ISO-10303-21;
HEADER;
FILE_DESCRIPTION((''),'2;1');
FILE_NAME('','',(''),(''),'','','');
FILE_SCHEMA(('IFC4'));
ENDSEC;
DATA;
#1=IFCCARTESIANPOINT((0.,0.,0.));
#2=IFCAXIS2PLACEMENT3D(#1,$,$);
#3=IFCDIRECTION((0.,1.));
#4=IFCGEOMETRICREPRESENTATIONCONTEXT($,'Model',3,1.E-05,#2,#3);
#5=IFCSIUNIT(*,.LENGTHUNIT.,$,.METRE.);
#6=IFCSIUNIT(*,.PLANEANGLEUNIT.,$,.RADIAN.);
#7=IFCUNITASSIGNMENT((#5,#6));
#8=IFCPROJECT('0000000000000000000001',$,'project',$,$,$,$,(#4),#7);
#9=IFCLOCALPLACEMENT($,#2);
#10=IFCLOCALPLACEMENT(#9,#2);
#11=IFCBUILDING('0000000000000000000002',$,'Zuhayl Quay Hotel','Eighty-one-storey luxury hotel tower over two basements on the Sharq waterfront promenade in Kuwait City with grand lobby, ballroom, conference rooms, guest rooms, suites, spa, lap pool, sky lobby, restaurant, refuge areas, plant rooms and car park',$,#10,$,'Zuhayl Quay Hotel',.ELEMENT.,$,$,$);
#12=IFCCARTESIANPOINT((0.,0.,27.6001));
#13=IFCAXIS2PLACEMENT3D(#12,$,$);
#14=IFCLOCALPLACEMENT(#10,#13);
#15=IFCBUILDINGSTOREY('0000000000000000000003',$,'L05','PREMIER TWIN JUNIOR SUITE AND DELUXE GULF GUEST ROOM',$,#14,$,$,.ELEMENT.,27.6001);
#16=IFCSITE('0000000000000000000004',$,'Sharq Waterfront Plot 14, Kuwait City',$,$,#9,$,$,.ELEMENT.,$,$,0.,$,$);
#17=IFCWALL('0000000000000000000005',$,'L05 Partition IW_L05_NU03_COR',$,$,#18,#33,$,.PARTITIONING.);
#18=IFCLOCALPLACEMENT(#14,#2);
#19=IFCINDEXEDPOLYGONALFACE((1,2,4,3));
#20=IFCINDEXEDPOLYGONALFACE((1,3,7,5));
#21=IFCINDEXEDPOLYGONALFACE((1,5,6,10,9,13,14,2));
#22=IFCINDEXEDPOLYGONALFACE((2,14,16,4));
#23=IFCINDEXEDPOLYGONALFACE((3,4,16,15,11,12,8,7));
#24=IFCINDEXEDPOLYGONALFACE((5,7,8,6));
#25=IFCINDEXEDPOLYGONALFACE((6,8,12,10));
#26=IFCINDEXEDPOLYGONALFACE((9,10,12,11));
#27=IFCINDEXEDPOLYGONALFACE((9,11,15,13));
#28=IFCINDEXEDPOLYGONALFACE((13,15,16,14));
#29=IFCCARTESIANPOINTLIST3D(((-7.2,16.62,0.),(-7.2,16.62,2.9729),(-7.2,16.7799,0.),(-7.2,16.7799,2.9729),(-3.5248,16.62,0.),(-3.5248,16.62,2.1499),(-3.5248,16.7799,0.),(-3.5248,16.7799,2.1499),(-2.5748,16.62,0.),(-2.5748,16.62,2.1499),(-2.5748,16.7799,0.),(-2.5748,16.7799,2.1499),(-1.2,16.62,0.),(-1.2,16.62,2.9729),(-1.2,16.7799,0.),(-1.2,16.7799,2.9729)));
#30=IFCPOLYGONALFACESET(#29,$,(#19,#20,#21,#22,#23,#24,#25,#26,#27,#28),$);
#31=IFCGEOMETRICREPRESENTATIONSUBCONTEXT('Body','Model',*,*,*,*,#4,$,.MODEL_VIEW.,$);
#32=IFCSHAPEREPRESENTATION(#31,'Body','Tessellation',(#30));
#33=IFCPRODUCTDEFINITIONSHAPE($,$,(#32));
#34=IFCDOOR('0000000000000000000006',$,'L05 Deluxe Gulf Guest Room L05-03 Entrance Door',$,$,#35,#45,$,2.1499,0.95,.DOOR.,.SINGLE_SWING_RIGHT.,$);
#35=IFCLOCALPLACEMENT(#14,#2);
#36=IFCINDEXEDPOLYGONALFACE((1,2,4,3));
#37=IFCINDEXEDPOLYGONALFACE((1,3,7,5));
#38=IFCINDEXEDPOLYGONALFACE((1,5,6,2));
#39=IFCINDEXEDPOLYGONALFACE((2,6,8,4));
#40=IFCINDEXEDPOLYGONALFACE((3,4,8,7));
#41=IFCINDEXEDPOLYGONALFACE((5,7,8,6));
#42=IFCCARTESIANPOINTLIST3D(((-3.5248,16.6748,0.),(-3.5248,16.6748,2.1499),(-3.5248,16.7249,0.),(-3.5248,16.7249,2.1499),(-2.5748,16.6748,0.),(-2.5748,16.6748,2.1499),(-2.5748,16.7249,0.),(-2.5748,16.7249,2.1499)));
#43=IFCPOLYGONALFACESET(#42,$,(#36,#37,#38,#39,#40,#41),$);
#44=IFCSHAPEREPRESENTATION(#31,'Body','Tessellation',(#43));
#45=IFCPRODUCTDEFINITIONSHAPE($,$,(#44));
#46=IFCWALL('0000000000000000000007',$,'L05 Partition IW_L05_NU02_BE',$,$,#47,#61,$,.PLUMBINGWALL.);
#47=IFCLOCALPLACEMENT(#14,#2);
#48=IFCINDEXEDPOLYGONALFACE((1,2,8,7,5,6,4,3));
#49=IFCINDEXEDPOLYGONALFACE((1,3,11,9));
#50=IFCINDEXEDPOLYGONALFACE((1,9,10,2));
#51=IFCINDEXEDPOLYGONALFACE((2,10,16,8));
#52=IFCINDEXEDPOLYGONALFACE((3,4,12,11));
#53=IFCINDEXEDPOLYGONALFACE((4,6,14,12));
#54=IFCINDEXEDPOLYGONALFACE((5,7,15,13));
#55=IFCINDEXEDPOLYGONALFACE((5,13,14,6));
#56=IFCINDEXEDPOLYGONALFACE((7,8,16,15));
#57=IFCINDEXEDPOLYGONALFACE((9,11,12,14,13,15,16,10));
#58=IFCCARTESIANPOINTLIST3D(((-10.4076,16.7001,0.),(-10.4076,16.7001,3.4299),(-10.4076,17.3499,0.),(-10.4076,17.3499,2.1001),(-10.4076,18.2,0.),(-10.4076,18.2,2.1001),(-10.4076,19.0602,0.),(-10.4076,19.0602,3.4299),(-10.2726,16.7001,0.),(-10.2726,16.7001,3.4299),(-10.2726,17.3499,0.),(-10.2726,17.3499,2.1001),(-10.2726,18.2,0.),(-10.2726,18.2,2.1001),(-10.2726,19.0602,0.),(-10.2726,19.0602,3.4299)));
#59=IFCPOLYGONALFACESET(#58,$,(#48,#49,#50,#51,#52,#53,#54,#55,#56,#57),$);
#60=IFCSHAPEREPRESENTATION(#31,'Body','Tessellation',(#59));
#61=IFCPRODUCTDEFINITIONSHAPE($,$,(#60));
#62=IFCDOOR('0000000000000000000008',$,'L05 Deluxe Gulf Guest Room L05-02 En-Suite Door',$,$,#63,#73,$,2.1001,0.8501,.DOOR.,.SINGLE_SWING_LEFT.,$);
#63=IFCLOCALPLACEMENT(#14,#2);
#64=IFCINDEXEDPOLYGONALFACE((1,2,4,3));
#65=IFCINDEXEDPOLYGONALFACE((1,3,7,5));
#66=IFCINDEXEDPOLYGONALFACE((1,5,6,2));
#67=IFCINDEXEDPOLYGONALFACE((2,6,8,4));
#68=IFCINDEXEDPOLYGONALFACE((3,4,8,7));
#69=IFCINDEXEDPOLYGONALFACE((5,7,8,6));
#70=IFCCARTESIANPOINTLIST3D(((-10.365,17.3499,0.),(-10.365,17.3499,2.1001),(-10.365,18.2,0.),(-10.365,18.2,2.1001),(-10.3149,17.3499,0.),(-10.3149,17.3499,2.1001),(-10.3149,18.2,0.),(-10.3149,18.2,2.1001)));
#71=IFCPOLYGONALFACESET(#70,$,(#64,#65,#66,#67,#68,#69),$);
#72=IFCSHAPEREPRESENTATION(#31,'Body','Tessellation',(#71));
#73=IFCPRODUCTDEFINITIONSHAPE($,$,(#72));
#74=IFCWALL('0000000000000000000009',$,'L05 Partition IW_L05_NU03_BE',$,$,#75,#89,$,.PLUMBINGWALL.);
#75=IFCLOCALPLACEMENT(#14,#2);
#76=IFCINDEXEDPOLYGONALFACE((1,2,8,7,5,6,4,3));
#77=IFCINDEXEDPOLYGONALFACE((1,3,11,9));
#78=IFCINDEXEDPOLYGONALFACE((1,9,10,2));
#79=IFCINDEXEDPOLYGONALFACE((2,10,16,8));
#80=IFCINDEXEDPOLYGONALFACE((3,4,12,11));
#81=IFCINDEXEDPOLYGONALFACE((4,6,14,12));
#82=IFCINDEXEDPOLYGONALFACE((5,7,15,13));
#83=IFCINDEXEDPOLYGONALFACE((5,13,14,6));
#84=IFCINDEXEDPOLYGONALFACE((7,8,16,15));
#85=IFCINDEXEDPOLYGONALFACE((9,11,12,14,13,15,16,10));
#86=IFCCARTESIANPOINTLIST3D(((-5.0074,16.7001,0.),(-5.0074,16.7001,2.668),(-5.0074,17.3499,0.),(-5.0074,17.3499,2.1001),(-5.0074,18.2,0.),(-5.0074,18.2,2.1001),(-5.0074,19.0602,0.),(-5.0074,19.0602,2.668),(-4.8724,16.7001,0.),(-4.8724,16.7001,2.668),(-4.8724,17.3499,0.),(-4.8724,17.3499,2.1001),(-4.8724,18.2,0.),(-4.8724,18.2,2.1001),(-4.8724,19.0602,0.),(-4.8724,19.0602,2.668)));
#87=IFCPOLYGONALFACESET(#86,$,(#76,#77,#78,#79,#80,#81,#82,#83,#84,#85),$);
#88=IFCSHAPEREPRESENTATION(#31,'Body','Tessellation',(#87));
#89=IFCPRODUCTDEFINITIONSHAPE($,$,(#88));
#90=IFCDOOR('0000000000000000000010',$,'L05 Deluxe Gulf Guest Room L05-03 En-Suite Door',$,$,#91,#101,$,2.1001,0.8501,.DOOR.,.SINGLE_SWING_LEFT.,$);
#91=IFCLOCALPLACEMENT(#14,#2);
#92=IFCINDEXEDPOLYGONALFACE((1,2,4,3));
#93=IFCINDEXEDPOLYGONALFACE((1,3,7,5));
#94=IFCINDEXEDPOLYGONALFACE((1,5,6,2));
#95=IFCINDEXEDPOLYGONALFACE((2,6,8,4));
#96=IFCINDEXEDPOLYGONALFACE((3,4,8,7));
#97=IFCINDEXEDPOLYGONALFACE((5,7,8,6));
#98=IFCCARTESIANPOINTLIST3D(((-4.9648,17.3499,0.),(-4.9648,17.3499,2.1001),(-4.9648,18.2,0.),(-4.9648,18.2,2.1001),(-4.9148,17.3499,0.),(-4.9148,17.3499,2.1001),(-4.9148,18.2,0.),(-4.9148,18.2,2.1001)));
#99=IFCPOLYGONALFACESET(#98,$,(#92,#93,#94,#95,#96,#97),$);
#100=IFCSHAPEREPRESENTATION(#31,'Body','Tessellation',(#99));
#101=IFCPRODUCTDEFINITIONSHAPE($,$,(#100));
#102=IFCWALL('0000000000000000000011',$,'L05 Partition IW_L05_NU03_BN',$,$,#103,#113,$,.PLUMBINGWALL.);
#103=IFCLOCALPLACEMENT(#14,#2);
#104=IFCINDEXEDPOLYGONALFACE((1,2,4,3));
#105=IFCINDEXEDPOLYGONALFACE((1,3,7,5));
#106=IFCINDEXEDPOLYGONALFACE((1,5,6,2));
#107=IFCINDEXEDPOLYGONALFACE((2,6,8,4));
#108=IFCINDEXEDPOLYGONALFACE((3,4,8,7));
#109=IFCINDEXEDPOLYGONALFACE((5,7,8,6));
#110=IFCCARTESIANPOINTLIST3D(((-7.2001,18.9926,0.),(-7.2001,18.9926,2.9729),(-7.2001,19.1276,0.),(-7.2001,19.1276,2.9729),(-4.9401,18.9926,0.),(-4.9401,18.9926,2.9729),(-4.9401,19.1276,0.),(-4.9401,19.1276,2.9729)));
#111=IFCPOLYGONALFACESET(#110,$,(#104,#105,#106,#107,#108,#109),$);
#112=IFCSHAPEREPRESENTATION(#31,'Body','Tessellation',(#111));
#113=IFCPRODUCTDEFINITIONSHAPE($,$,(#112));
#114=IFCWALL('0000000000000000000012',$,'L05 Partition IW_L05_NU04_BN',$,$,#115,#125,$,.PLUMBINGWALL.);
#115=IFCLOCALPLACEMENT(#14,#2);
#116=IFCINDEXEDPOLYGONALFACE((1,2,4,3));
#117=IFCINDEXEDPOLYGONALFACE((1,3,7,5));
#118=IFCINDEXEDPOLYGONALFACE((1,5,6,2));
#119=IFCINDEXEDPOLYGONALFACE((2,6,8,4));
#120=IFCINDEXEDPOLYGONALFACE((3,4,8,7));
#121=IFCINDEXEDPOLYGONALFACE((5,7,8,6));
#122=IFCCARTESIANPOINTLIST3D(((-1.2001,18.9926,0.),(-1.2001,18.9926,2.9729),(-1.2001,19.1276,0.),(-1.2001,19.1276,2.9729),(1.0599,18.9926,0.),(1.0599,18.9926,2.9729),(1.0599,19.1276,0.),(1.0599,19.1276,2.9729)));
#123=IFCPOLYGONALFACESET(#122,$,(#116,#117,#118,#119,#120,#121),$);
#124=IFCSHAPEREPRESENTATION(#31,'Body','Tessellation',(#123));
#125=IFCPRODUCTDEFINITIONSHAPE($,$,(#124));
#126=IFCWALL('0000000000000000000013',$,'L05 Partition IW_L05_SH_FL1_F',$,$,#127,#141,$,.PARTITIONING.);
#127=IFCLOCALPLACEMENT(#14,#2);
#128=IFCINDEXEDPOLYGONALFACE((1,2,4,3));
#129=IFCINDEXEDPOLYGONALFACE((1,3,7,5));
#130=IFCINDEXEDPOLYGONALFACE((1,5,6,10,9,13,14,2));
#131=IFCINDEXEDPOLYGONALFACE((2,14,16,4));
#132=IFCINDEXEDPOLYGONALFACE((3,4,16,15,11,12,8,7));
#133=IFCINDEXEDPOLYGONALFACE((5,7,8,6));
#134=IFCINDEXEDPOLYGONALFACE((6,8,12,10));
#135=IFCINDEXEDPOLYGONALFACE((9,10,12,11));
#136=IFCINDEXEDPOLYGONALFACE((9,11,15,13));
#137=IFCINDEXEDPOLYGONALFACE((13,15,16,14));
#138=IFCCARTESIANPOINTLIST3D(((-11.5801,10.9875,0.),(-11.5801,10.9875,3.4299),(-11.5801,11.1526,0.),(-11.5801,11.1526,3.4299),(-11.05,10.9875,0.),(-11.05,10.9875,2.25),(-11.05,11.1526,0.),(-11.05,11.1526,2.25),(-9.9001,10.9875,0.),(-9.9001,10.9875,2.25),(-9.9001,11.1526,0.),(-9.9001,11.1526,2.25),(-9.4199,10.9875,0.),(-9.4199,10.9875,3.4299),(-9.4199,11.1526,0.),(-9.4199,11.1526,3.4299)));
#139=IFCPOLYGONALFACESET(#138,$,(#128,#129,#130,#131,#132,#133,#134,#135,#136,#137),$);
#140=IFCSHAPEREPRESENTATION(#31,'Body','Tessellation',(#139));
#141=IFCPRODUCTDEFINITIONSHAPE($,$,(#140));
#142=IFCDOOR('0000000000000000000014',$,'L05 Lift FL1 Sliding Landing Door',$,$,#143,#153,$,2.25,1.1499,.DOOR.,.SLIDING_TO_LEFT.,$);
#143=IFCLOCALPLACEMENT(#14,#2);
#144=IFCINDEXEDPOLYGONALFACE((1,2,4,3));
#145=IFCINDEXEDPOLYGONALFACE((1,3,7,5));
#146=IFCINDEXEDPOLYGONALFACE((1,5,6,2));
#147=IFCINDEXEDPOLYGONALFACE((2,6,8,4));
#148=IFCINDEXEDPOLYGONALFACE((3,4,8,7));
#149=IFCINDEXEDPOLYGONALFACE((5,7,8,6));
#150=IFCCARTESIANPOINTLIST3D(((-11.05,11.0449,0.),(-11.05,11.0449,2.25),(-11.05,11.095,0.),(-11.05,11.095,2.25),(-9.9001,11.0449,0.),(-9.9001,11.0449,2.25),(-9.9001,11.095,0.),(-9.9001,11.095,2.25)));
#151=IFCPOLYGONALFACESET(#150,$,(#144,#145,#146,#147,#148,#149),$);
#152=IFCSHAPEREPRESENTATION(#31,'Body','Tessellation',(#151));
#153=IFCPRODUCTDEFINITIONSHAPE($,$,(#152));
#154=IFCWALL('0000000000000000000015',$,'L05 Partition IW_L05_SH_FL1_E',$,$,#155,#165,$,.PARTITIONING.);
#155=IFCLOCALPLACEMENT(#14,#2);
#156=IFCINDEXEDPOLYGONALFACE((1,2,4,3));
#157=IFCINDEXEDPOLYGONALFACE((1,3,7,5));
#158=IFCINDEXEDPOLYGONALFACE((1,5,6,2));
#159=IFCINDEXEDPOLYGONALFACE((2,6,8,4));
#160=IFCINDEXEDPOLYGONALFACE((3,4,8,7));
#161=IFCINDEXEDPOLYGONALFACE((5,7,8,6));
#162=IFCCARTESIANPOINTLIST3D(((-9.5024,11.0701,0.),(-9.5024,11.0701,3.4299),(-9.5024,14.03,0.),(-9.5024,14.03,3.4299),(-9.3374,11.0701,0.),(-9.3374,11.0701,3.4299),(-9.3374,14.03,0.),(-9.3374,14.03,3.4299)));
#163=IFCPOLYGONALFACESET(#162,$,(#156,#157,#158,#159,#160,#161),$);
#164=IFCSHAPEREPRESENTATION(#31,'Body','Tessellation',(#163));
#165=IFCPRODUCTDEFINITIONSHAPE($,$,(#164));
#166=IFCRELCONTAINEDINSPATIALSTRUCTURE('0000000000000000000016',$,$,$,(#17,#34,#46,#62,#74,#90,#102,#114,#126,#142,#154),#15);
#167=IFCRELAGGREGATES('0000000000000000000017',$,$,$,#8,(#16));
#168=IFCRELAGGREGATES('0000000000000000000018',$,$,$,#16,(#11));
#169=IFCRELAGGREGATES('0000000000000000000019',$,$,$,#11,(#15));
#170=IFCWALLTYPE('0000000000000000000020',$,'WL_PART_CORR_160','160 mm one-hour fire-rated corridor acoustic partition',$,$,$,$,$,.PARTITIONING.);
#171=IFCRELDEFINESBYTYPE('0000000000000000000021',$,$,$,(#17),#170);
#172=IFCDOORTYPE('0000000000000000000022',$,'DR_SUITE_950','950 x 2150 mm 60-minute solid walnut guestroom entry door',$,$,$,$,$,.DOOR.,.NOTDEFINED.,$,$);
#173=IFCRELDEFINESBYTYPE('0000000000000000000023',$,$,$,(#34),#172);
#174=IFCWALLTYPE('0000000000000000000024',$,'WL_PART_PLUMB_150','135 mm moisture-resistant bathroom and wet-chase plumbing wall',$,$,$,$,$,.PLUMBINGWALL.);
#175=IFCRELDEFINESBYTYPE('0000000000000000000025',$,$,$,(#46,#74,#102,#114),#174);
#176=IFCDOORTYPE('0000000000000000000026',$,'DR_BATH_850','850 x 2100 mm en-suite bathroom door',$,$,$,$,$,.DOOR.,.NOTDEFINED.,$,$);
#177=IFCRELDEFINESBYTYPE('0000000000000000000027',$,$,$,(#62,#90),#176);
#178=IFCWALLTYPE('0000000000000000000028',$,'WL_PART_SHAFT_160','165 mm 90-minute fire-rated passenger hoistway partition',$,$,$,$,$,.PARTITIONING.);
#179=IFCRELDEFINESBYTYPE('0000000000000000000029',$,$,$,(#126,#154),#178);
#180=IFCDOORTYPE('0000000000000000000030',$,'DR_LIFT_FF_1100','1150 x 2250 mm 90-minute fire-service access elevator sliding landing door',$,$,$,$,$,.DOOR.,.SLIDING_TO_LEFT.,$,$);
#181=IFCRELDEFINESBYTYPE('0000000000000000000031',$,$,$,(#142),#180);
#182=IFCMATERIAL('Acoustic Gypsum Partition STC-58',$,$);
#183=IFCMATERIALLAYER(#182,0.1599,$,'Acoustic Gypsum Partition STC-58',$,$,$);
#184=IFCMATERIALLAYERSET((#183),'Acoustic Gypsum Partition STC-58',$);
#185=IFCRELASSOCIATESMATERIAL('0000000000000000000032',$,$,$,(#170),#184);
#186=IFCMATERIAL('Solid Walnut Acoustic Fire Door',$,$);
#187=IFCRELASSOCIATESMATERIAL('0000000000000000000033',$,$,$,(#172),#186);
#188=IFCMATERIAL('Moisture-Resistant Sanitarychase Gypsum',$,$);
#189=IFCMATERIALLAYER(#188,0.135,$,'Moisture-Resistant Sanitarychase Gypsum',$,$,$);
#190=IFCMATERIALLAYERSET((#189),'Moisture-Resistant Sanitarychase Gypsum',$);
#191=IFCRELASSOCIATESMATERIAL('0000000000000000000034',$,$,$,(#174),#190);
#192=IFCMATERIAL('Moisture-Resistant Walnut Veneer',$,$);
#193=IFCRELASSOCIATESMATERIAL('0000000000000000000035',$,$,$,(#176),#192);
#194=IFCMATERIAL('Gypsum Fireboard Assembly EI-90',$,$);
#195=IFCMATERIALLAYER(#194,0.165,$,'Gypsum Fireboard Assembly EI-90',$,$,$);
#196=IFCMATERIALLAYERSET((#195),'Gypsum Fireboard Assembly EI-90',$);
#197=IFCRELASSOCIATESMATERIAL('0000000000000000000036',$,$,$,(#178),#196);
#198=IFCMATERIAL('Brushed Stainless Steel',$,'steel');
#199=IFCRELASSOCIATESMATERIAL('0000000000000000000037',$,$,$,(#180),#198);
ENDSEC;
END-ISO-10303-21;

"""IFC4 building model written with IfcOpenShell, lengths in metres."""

from ifc_helpers import new_model, si_unit, direction, frame, frame_2d, origin, place, context, subcontext, project, spatial, rectangle, extrude, material, layer, layer_set, type_object, element, fill, save


model = new_model("IFC4")

# Units and contexts
model_context = context("Model", 3, precision=1e-05, world=origin(), true_north=direction((0.0, 1.0)))
body_context = subcontext(model_context, "Body", "Model", "MODEL_VIEW")
ifc_project = project(units=[si_unit("LENGTHUNIT", "METRE"), si_unit("PLANEANGLEUNIT", "RADIAN")], contexts=[model_context])

# Site, building, storey
site_placement = place(None, origin())
site = spatial("IfcSite", under=ifc_project, at=site_placement, Name="Sharq Waterfront Plot 14, Kuwait City", CompositionType="ELEMENT", RefElevation=0.0)
building_placement = place(site_placement, origin())
building = spatial("IfcBuilding", under=site, at=building_placement, Name="Zuhayl Quay Hotel", Description="Eighty-one-storey luxury hotel tower over two basements on the Sharq waterfront promenade in Kuwait City with grand lobby, ballroom, conference rooms, guest rooms, suites, spa, lap pool, sky lobby, restaurant, refuge areas, plant rooms and car park", LongName="Zuhayl Quay Hotel", CompositionType="ELEMENT")
storey_placement = place(building_placement, frame((0.0, 0.0, 27.6001)))
storey = spatial("IfcBuildingStorey", under=building, at=storey_placement, Name="L05", Description="PREMIER TWIN JUNIOR SUITE AND DELUXE GULF GUEST ROOM", CompositionType="ELEMENT", Elevation=27.6001)

# Shared definitions
ifc_material_1 = material(Name="Acoustic Gypsum Partition STC-58")

# Walls, openings, doors
ifc_layer_1 = layer(ifc_material_1, 0.1599, Name="Acoustic Gypsum Partition STC-58")
ifc_layer_set_1 = layer_set([ifc_layer_1], Name="Acoustic Gypsum Partition STC-58")
wall_type_1 = type_object("IfcWallType", Name="WL_PART_CORR_160", Description="160 mm one-hour fire-rated corridor acoustic partition", PredefinedType="PARTITIONING", material=ifc_layer_set_1)
wall_1_placement = place(storey_placement, frame((-7.2, 16.7, 0.0), z_axis=(0.0, 0.0, 1.0), x_axis=(1.0, 0.0, 0.0)))
wall_1 = element("IfcWall", 1, at=wall_1_placement, inside=storey, type_object=wall_type_1, Name="L05 Partition IW_L05_NU03_COR", PredefinedType="PARTITIONING", context=body_context, shape_type="SweptSolid", body=[
    extrude(rectangle(XDim=6.0, YDim=0.1599, at=frame_2d((3.0, 0.0))), origin(), (0.0, 0.0, 1.0), 2.9729),
])
opening_1_placement = place(wall_1_placement, frame((3.675, 0.0, 0.0)))
opening_1 = element("IfcOpeningElement", 2, at=opening_1_placement, cuts=wall_1, PredefinedType="OPENING", context=body_context, shape_type="SweptSolid", body=[
    extrude(rectangle(XDim=0.95, YDim=2.1499, at=frame_2d((0.4751, 1.075))), frame((0.0, 0.0898, 0.0), z_axis=(0.0, -1.0, 0.0), x_axis=(1.0, 0.0, 0.0)), (0.0, 0.0, 1.0), 0.1799),
])
ifc_material_2 = material(Name="Solid Walnut Acoustic Fire Door")
door_type_1 = type_object("IfcDoorType", Name="DR_SUITE_950", Description="950 x 2150 mm 60-minute solid walnut guestroom entry door", OperationType="NOTDEFINED", PredefinedType="DOOR", material=ifc_material_2)
door_1_placement = place(opening_1_placement, origin())
door_1 = element("IfcDoor", 3, at=door_1_placement, inside=storey, type_object=door_type_1, Name="L05 Deluxe Gulf Guest Room L05-03 Entrance Door", OperationType="SINGLE_SWING_RIGHT", OverallHeight=2.1499, OverallWidth=0.95, PredefinedType="DOOR", context=body_context, shape_type="SweptSolid", body=[
    extrude(rectangle(XDim=0.95, YDim=2.1499, at=frame_2d((0.4751, 1.075))), frame((0.0, 0.0249, 0.0), z_axis=(0.0, -1.0, 0.0), x_axis=(1.0, 0.0, 0.0)), (0.0, 0.0, 1.0), 0.05),
])
fill(opening_1, door_1)
ifc_material_3 = material(Name="Moisture-Resistant Sanitarychase Gypsum")
ifc_layer_2 = layer(ifc_material_3, 0.135, Name="Moisture-Resistant Sanitarychase Gypsum")
ifc_layer_set_2 = layer_set([ifc_layer_2], Name="Moisture-Resistant Sanitarychase Gypsum")
wall_type_2 = type_object("IfcWallType", Name="WL_PART_PLUMB_150", Description="135 mm moisture-resistant bathroom and wet-chase plumbing wall", PredefinedType="PLUMBINGWALL", material=ifc_layer_set_2)
wall_2_placement = place(storey_placement, frame((-10.3401, 16.7, 0.0), z_axis=(0.0, 0.0, 1.0), x_axis=(0.0, 1.0, 0.0)))
wall_2 = element("IfcWall", 4, at=wall_2_placement, inside=storey, type_object=wall_type_2, Name="L05 Partition IW_L05_NU02_BE", PredefinedType="PLUMBINGWALL", context=body_context, shape_type="SweptSolid", body=[
    extrude(rectangle(XDim=2.3601, YDim=0.135, at=frame_2d((1.1802, 0.0))), origin(), (0.0, 0.0, 1.0), 3.4299),
])
opening_2_placement = place(wall_2_placement, frame((0.6499, 0.0, 0.0)))
opening_2 = element("IfcOpeningElement", 5, at=opening_2_placement, cuts=wall_2, PredefinedType="OPENING", context=body_context, shape_type="SweptSolid", body=[
    extrude(rectangle(XDim=0.8501, YDim=2.1001, at=frame_2d((0.425, 1.05))), frame((0.0, 0.0774, 0.0), z_axis=(0.0, -1.0, 0.0), x_axis=(1.0, 0.0, 0.0)), (0.0, 0.0, 1.0), 0.155),
])
ifc_material_4 = material(Name="Moisture-Resistant Walnut Veneer")
door_type_2 = type_object("IfcDoorType", Name="DR_BATH_850", Description="850 x 2100 mm en-suite bathroom door", OperationType="NOTDEFINED", PredefinedType="DOOR", material=ifc_material_4)
door_2_placement = place(opening_2_placement, origin())
door_2 = element("IfcDoor", 6, at=door_2_placement, inside=storey, type_object=door_type_2, Name="L05 Deluxe Gulf Guest Room L05-02 En-Suite Door", OperationType="SINGLE_SWING_LEFT", OverallHeight=2.1001, OverallWidth=0.8501, PredefinedType="DOOR", context=body_context, shape_type="SweptSolid", body=[
    extrude(rectangle(XDim=0.8501, YDim=2.1001, at=frame_2d((0.425, 1.05))), frame((0.0, 0.0249, 0.0), z_axis=(0.0, -1.0, 0.0), x_axis=(1.0, 0.0, 0.0)), (0.0, 0.0, 1.0), 0.05),
])
fill(opening_2, door_2)
wall_3_placement = place(storey_placement, frame((-4.9399, 16.7, 0.0), z_axis=(0.0, 0.0, 1.0), x_axis=(0.0, 1.0, 0.0)))
wall_3 = element("IfcWall", 7, at=wall_3_placement, inside=storey, type_object=wall_type_2, Name="L05 Partition IW_L05_NU03_BE", PredefinedType="PLUMBINGWALL", context=body_context, shape_type="SweptSolid", body=[
    extrude(rectangle(XDim=2.3601, YDim=0.135, at=frame_2d((1.1802, 0.0))), origin(), (0.0, 0.0, 1.0), 2.668),
])
opening_3_placement = place(wall_3_placement, frame((0.6499, 0.0, 0.0)))
opening_3 = element("IfcOpeningElement", 8, at=opening_3_placement, cuts=wall_3, PredefinedType="OPENING", context=body_context, shape_type="SweptSolid", body=[
    extrude(rectangle(XDim=0.8501, YDim=2.1001, at=frame_2d((0.425, 1.05))), frame((0.0, 0.0774, 0.0), z_axis=(0.0, -1.0, 0.0), x_axis=(1.0, 0.0, 0.0)), (0.0, 0.0, 1.0), 0.155),
])
door_3_placement = place(opening_3_placement, origin())
door_3 = element("IfcDoor", 9, at=door_3_placement, inside=storey, type_object=door_type_2, Name="L05 Deluxe Gulf Guest Room L05-03 En-Suite Door", OperationType="SINGLE_SWING_LEFT", OverallHeight=2.1001, OverallWidth=0.8501, PredefinedType="DOOR", context=body_context, shape_type="SweptSolid", body=[
    extrude(rectangle(XDim=0.8501, YDim=2.1001, at=frame_2d((0.425, 1.05))), frame((0.0, 0.0249, 0.0), z_axis=(0.0, -1.0, 0.0), x_axis=(1.0, 0.0, 0.0)), (0.0, 0.0, 1.0), 0.05),
])
fill(opening_3, door_3)

# Walls
for number, where, z_axis, x_axis, name in (
    (10, (-7.2, 19.0601, 0.0), (0.0, 0.0, 1.0), (1.0, 0.0, 0.0), "L05 Partition IW_L05_NU03_BN"),
    (11, (-1.2, 19.0601, 0.0), (0.0, 0.0, 1.0), (1.0, 0.0, 0.0), "L05 Partition IW_L05_NU04_BN"),
):
    element("IfcWall", number, at=place(storey_placement, frame(where, z_axis=z_axis, x_axis=x_axis)), inside=storey, type_object=wall_type_2, Name=name, PredefinedType="PLUMBINGWALL", context=body_context, shape_type="SweptSolid", body=[
        extrude(rectangle(XDim=2.26, YDim=0.135, at=frame_2d((1.1299, 0.0))), origin(), (0.0, 0.0, 1.0), 2.9729),
    ])

# Wall, opening, door
ifc_material_5 = material(Name="Gypsum Fireboard Assembly EI-90")
ifc_layer_3 = layer(ifc_material_5, 0.165, Name="Gypsum Fireboard Assembly EI-90")
ifc_layer_set_3 = layer_set([ifc_layer_3], Name="Gypsum Fireboard Assembly EI-90")
wall_type_3 = type_object("IfcWallType", Name="WL_PART_SHAFT_160", Description="165 mm 90-minute fire-rated passenger hoistway partition", PredefinedType="PARTITIONING", material=ifc_layer_set_3)
wall_4_placement = place(storey_placement, frame((-11.5801, 11.0701, 0.0), z_axis=(0.0, 0.0, 1.0), x_axis=(1.0, 0.0, 0.0)))
wall_4 = element("IfcWall", 12, at=wall_4_placement, inside=storey, type_object=wall_type_3, Name="L05 Partition IW_L05_SH_FL1_F", PredefinedType="PARTITIONING", context=body_context, shape_type="SweptSolid", body=[
    extrude(rectangle(XDim=2.1602, YDim=0.165, at=frame_2d((1.0801, 0.0))), origin(), (0.0, 0.0, 1.0), 3.4299),
])
opening_4_placement = place(wall_4_placement, frame((0.53, 0.0, 0.0)))
opening_4 = element("IfcOpeningElement", 13, at=opening_4_placement, cuts=wall_4, PredefinedType="OPENING", context=body_context, shape_type="SweptSolid", body=[
    extrude(rectangle(XDim=1.1499, YDim=2.25, at=frame_2d((0.575, 1.125))), frame((0.0, 0.0925, 0.0), z_axis=(0.0, -1.0, 0.0), x_axis=(1.0, 0.0, 0.0)), (0.0, 0.0, 1.0), 0.1851),
])
ifc_material_6 = material(Name="Brushed Stainless Steel", Category="steel")
door_type_3 = type_object("IfcDoorType", Name="DR_LIFT_FF_1100", Description="1150 x 2250 mm 90-minute fire-service access elevator sliding landing door", OperationType="SLIDING_TO_LEFT", PredefinedType="DOOR", material=ifc_material_6)
door_4_placement = place(opening_4_placement, origin())
door_4 = element("IfcDoor", 14, at=door_4_placement, inside=storey, type_object=door_type_3, Name="L05 Lift FL1 Sliding Landing Door", OperationType="SLIDING_TO_LEFT", OverallHeight=2.25, OverallWidth=1.1499, PredefinedType="DOOR", context=body_context, shape_type="SweptSolid", body=[
    extrude(rectangle(XDim=1.1499, YDim=2.25, at=frame_2d((0.575, 1.125))), frame((0.0, 0.0249, 0.0), z_axis=(0.0, -1.0, 0.0), x_axis=(1.0, 0.0, 0.0)), (0.0, 0.0, 1.0), 0.05),
])
fill(opening_4, door_4)

# Wall
wall_5_placement = place(storey_placement, frame((-9.4199, 11.0701, 0.0), z_axis=(0.0, 0.0, 1.0), x_axis=(0.0, 1.0, 0.0)))
element("IfcWall", 15, at=wall_5_placement, inside=storey, type_object=wall_type_3, Name="L05 Partition IW_L05_SH_FL1_E", PredefinedType="PARTITIONING", context=body_context, shape_type="SweptSolid", body=[
    extrude(rectangle(XDim=2.96, YDim=0.165, at=frame_2d((1.48, 0.0))), origin(), (0.0, 0.0, 1.0), 3.4299),
])

save(model, "model.ifc")
